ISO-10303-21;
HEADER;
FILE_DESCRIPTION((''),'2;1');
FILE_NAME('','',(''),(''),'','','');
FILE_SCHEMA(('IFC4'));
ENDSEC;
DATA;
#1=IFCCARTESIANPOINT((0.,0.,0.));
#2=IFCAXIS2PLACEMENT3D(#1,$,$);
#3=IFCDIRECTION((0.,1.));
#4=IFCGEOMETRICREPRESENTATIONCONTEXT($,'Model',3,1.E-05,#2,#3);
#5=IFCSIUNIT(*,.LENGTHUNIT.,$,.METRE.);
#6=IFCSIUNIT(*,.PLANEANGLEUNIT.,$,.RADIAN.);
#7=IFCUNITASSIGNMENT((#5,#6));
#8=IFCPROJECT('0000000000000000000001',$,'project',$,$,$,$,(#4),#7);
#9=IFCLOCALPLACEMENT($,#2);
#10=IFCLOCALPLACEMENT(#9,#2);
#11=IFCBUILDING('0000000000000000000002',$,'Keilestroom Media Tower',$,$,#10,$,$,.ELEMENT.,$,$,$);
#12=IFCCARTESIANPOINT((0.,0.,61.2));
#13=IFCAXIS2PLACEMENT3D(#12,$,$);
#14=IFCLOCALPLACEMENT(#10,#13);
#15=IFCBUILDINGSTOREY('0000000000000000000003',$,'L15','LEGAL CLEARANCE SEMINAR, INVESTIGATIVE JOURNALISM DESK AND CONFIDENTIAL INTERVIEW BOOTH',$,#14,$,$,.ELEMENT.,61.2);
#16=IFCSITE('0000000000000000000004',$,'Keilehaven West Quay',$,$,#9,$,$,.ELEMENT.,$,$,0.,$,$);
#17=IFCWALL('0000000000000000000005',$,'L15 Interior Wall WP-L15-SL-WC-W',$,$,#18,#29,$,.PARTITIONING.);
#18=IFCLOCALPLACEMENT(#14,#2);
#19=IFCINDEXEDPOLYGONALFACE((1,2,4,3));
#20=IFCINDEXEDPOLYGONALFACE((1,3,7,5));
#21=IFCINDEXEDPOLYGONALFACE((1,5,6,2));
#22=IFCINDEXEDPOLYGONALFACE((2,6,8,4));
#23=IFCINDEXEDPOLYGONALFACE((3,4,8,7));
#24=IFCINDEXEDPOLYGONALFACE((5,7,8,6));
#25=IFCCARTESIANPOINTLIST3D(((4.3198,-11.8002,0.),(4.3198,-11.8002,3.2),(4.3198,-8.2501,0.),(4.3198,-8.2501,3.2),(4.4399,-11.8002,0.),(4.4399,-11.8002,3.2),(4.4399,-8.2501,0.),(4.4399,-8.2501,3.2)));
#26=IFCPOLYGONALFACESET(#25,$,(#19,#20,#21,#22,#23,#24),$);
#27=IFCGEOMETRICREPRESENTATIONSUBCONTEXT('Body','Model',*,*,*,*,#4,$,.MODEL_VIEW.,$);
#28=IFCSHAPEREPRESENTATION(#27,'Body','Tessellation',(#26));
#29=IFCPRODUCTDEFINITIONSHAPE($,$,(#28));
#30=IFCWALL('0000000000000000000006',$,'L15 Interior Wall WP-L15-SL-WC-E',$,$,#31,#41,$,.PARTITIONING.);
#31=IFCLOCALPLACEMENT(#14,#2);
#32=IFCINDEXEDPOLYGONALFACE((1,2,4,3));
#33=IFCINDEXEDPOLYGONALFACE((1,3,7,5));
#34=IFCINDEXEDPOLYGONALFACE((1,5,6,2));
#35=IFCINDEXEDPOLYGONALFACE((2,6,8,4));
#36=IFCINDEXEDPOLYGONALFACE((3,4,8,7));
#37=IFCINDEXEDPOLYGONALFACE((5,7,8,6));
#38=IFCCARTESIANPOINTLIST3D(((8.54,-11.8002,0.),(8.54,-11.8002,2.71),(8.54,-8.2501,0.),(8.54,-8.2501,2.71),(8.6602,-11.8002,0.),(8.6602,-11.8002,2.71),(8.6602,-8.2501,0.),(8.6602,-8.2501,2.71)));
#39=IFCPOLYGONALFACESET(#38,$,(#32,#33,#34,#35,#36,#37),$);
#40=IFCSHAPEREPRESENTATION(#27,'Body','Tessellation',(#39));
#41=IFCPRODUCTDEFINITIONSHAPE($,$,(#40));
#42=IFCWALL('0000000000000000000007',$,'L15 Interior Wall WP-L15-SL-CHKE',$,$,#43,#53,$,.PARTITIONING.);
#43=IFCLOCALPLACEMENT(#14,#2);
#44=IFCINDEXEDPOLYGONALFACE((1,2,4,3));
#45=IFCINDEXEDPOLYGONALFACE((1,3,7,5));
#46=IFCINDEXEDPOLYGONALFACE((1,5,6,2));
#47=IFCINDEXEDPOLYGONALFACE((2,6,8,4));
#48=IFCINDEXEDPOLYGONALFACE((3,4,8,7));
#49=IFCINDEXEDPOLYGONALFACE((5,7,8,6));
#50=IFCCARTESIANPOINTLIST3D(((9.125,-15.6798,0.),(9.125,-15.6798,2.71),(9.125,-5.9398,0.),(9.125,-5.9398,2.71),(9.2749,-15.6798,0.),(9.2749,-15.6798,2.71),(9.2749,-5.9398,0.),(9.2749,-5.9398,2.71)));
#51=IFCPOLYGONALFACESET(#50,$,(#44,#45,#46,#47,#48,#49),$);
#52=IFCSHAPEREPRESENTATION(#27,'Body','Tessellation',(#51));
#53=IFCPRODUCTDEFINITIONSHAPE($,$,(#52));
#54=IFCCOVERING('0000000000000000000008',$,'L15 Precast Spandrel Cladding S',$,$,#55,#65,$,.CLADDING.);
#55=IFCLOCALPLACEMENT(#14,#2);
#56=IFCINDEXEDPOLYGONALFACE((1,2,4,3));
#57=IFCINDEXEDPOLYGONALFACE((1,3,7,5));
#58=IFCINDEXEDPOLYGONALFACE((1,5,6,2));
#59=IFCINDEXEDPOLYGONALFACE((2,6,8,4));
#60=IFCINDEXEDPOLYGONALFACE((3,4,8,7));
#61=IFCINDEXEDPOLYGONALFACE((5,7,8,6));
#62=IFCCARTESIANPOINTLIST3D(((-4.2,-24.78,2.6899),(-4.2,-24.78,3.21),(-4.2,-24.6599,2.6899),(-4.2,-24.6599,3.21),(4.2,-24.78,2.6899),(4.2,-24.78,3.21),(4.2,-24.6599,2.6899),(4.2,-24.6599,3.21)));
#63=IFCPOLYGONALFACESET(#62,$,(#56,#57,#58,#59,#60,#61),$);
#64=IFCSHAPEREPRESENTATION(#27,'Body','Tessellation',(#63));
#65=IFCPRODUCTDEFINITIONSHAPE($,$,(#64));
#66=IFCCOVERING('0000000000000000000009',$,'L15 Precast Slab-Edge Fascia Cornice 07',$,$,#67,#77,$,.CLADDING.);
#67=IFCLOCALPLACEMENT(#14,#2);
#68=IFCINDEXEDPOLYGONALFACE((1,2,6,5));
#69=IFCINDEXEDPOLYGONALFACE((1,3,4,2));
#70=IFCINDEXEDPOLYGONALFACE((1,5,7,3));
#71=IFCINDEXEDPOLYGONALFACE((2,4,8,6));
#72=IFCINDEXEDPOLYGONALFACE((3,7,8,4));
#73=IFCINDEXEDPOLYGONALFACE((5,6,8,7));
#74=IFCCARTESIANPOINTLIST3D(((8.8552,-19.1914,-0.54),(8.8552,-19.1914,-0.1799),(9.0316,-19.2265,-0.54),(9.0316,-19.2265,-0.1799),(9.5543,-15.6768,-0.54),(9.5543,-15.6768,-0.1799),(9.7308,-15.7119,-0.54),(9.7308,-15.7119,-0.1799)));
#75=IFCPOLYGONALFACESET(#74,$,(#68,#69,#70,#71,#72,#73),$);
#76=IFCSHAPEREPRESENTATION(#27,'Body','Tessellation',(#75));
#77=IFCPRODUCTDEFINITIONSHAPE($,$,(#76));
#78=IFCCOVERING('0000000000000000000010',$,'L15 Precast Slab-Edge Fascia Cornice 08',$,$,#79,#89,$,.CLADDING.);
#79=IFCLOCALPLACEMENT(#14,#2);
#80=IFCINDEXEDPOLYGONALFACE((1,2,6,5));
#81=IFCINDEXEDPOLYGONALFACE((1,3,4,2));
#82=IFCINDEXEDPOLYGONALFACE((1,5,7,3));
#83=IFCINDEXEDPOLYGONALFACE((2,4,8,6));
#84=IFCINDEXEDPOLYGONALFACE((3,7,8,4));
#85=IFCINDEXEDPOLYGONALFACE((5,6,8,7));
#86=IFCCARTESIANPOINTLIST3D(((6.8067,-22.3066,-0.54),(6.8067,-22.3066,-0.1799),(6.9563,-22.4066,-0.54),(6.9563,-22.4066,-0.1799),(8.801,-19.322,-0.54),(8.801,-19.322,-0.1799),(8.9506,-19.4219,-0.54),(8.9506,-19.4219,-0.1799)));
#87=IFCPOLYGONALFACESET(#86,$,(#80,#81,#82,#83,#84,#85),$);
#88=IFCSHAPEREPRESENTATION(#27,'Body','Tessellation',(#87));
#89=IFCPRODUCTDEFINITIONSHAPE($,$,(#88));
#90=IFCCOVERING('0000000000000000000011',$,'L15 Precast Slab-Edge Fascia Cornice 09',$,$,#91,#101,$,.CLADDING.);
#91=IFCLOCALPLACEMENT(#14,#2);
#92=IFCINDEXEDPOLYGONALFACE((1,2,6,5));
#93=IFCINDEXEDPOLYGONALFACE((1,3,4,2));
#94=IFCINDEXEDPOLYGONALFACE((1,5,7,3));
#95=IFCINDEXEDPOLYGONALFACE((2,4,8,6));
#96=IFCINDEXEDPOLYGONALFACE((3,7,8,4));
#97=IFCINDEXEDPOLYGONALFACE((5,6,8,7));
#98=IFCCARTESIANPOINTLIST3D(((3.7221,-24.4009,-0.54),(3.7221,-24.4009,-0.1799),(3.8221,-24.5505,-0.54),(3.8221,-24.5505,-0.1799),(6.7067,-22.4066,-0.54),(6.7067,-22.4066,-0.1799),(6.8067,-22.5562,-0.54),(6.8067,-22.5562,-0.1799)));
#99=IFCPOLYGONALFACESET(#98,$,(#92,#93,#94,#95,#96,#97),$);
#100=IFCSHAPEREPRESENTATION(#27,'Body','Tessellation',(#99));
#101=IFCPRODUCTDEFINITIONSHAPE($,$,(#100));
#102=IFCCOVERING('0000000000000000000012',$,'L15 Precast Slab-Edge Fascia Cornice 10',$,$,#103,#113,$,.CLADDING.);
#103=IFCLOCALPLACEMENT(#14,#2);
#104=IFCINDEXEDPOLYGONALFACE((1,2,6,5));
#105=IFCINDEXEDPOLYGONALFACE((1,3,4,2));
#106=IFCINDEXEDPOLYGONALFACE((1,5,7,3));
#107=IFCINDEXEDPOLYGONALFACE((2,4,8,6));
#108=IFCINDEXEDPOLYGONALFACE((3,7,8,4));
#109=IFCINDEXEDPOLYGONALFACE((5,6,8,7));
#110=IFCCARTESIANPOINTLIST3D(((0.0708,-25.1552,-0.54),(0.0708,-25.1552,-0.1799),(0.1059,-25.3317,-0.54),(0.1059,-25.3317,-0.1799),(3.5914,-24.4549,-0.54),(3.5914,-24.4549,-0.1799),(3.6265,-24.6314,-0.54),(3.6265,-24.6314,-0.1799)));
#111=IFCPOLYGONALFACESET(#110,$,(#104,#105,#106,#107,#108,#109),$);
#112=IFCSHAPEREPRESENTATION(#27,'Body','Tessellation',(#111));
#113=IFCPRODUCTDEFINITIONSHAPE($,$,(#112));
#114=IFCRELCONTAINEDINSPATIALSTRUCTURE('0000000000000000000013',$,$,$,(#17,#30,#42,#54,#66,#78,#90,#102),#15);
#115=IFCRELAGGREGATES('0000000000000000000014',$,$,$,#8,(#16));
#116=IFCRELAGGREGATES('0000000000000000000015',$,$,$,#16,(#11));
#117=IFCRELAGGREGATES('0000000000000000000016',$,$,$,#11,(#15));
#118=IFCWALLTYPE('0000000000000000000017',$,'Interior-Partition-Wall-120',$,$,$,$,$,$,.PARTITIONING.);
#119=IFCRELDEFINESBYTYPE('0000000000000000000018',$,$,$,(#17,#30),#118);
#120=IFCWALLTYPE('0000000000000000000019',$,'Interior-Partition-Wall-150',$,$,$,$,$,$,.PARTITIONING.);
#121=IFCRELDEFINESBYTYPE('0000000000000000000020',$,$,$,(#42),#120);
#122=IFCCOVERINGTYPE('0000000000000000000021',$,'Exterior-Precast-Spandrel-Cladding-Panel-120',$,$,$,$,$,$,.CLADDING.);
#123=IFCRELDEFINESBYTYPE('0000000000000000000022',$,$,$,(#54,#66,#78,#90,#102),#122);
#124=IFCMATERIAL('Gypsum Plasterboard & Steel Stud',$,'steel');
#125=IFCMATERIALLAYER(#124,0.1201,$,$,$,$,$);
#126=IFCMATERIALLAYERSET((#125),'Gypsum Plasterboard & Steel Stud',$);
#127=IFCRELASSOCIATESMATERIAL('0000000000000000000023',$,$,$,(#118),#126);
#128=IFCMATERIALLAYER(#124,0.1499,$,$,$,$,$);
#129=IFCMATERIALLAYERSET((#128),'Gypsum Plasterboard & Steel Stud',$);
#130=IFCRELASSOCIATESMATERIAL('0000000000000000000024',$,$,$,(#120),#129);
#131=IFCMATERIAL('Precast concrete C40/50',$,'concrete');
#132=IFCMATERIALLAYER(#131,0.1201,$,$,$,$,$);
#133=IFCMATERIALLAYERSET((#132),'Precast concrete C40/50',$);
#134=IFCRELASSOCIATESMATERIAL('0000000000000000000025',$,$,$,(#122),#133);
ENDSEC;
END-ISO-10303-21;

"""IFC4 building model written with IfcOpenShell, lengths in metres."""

from ifc_helpers import new_model, si_unit, direction, frame, frame_2d, origin, origin_2d, place, context, subcontext, project, spatial, rectangle, extrude, source, transform, mapped, material, layer, layer_set, type_object, element, save


model = new_model("IFC4")

# Units and contexts
model_context = context("Model", 3, precision=1e-05, world=origin(), true_north=direction((0.0, 1.0)))
body_context = subcontext(model_context, "Body", "Model", "MODEL_VIEW")
ifc_project = project(units=[si_unit("LENGTHUNIT", "METRE"), si_unit("PLANEANGLEUNIT", "RADIAN")], contexts=[model_context])

# Site, building, storey
site_placement = place(None, origin())
site = spatial("IfcSite", under=ifc_project, at=site_placement, Name="Keilehaven West Quay", CompositionType="ELEMENT", RefElevation=0.0)
building_placement = place(site_placement, origin())
building = spatial("IfcBuilding", under=site, at=building_placement, Name="Keilestroom Media Tower", CompositionType="ELEMENT")
storey_placement = place(building_placement, frame((0.0, 0.0, 61.2)))
storey = spatial("IfcBuildingStorey", under=building, at=storey_placement, Name="L15", Description="LEGAL CLEARANCE SEMINAR, INVESTIGATIVE JOURNALISM DESK AND CONFIDENTIAL INTERVIEW BOOTH", CompositionType="ELEMENT", Elevation=61.2)

# Walls
ifc_material_1 = material(Name="Precast concrete C40/50", Category="concrete")
ifc_material_2 = material(Name="Gypsum Plasterboard & Steel Stud", Category="steel")
ifc_layer_1 = layer(ifc_material_2, 0.1201)
ifc_layer_set_1 = layer_set([ifc_layer_1], Name="Gypsum Plasterboard & Steel Stud")
wall_type_1 = type_object("IfcWallType", Name="Interior-Partition-Wall-120", PredefinedType="PARTITIONING", material=ifc_layer_set_1)
wall_1_placement = place(storey_placement, frame((4.3799, -11.8, 0.0), z_axis=(0.0, 0.0, 1.0), x_axis=(0.0, 1.0, 0.0)))
element("IfcWall", 1, at=wall_1_placement, inside=storey, type_object=wall_type_1, Name="L15 Interior Wall WP-L15-SL-WC-W", PredefinedType="PARTITIONING", context=body_context, shape_type="SweptSolid", body=[
    extrude(rectangle(XDim=3.55, YDim=0.1201, at=frame_2d((1.7749, 0.0))), origin(), (0.0, 0.0, 1.0), 3.2),
])
wall_2_placement = place(storey_placement, frame((8.6001, -11.8, 0.0), z_axis=(0.0, 0.0, 1.0), x_axis=(0.0, 1.0, 0.0)))
element("IfcWall", 2, at=wall_2_placement, inside=storey, type_object=wall_type_1, Name="L15 Interior Wall WP-L15-SL-WC-E", PredefinedType="PARTITIONING", context=body_context, shape_type="SweptSolid", body=[
    extrude(rectangle(XDim=3.55, YDim=0.1201, at=frame_2d((1.7749, 0.0))), origin(), (0.0, 0.0, 1.0), 2.71),
])
ifc_layer_2 = layer(ifc_material_2, 0.1499)
ifc_layer_set_2 = layer_set([ifc_layer_2], Name="Gypsum Plasterboard & Steel Stud")
wall_type_2 = type_object("IfcWallType", Name="Interior-Partition-Wall-150", PredefinedType="PARTITIONING", material=ifc_layer_set_2)
wall_3_placement = place(storey_placement, frame((9.2, -15.6799, 0.0), z_axis=(0.0, 0.0, 1.0), x_axis=(0.0, 1.0, 0.0)))
element("IfcWall", 3, at=wall_3_placement, inside=storey, type_object=wall_type_2, Name="L15 Interior Wall WP-L15-SL-CHKE", PredefinedType="PARTITIONING", context=body_context, shape_type="SweptSolid", body=[
    extrude(rectangle(XDim=9.74, YDim=0.1499, at=frame_2d((4.8701, 0.0))), origin(), (0.0, 0.0, 1.0), 2.71),
])

# Coverings
ifc_layer_3 = layer(ifc_material_1, 0.1201)
ifc_layer_set_3 = layer_set([ifc_layer_3], Name="Precast concrete C40/50")
covering_type = type_object("IfcCoveringType", Name="Exterior-Precast-Spandrel-Cladding-Panel-120", PredefinedType="CLADDING", material=ifc_layer_set_3)
shared_shape_1 = source(origin(), body_context, "Body", "SweptSolid", [
    extrude(rectangle(XDim=8.3999, YDim=0.1201, at=origin_2d()), origin(), (0.0, 0.0, 1.0), 0.52),
])
covering_1_placement = place(storey_placement, frame((0.0, -24.72, 2.6899), z_axis=(0.0, 0.0, 1.0), x_axis=(1.0, 0.0, 0.0)))
element("IfcCovering", 4, at=covering_1_placement, inside=storey, type_object=covering_type, Name="L15 Precast Spandrel Cladding S", PredefinedType="CLADDING", context=body_context, shape_type="MappedRepresentation", body=[
    mapped(shared_shape_1, transform((0.0, 0.0, 0.0), x_axis=(1.0, 0.0, 0.0), y_axis=(0.0, 1.0, 0.0), z_axis=(0.0, 0.0, 1.0), scale=1.0)),
])
shared_shape_2 = source(origin(), body_context, "Body", "SweptSolid", [
    extrude(rectangle(XDim=3.5835, YDim=0.1799, at=origin_2d()), origin(), (0.0, 0.0, 1.0), 0.3601),
])
covering_2_placement = place(storey_placement, frame((9.293, -17.4517, -0.54), z_axis=(0.0, 0.0, 1.0), x_axis=(-0.195099, -0.980784, 0.0)))
element("IfcCovering", 5, at=covering_2_placement, inside=storey, type_object=covering_type, Name="L15 Precast Slab-Edge Fascia Cornice 07", PredefinedType="CLADDING", context=body_context, shape_type="MappedRepresentation", body=[
    mapped(shared_shape_2, transform((0.0, 0.0, 0.0), x_axis=(1.0, 0.0, 0.0), y_axis=(0.0, 1.0, 0.0), z_axis=(0.0, 0.0, 1.0), scale=1.0)),
])
shared_shape_3 = source(origin(), body_context, "Body", "SweptSolid", [
    extrude(rectangle(XDim=3.5896, YDim=0.1799, at=origin_2d()), origin(), (0.0, 0.0, 1.0), 0.3601),
])
for number, where, z_axis, x_axis, name in (
    (6, (7.8787, -20.8643, -0.54), (0.0, 0.0, 1.0), (-0.555575, -0.831467, 0.0), "L15 Precast Slab-Edge Fascia Cornice 08"),
    (7, (5.2644, -23.4785, -0.54), (0.0, 0.0, 1.0), (-0.831467, -0.555575, 0.0), "L15 Precast Slab-Edge Fascia Cornice 09"),
    (8, (1.8486, -24.8933, -0.54), (0.0, 0.0, 1.0), (-0.980784, -0.195099, 0.0), "L15 Precast Slab-Edge Fascia Cornice 10"),
):
    element("IfcCovering", number, at=place(storey_placement, frame(where, z_axis=z_axis, x_axis=x_axis)), inside=storey, type_object=covering_type, Name=name, PredefinedType="CLADDING", context=body_context, shape_type="MappedRepresentation", body=[
        mapped(shared_shape_3, transform((0.0, 0.0, 0.0), x_axis=(1.0, 0.0, 0.0), y_axis=(0.0, 1.0, 0.0), z_axis=(0.0, 0.0, 1.0), scale=1.0)),
    ])

save(model, "model.ifc")
